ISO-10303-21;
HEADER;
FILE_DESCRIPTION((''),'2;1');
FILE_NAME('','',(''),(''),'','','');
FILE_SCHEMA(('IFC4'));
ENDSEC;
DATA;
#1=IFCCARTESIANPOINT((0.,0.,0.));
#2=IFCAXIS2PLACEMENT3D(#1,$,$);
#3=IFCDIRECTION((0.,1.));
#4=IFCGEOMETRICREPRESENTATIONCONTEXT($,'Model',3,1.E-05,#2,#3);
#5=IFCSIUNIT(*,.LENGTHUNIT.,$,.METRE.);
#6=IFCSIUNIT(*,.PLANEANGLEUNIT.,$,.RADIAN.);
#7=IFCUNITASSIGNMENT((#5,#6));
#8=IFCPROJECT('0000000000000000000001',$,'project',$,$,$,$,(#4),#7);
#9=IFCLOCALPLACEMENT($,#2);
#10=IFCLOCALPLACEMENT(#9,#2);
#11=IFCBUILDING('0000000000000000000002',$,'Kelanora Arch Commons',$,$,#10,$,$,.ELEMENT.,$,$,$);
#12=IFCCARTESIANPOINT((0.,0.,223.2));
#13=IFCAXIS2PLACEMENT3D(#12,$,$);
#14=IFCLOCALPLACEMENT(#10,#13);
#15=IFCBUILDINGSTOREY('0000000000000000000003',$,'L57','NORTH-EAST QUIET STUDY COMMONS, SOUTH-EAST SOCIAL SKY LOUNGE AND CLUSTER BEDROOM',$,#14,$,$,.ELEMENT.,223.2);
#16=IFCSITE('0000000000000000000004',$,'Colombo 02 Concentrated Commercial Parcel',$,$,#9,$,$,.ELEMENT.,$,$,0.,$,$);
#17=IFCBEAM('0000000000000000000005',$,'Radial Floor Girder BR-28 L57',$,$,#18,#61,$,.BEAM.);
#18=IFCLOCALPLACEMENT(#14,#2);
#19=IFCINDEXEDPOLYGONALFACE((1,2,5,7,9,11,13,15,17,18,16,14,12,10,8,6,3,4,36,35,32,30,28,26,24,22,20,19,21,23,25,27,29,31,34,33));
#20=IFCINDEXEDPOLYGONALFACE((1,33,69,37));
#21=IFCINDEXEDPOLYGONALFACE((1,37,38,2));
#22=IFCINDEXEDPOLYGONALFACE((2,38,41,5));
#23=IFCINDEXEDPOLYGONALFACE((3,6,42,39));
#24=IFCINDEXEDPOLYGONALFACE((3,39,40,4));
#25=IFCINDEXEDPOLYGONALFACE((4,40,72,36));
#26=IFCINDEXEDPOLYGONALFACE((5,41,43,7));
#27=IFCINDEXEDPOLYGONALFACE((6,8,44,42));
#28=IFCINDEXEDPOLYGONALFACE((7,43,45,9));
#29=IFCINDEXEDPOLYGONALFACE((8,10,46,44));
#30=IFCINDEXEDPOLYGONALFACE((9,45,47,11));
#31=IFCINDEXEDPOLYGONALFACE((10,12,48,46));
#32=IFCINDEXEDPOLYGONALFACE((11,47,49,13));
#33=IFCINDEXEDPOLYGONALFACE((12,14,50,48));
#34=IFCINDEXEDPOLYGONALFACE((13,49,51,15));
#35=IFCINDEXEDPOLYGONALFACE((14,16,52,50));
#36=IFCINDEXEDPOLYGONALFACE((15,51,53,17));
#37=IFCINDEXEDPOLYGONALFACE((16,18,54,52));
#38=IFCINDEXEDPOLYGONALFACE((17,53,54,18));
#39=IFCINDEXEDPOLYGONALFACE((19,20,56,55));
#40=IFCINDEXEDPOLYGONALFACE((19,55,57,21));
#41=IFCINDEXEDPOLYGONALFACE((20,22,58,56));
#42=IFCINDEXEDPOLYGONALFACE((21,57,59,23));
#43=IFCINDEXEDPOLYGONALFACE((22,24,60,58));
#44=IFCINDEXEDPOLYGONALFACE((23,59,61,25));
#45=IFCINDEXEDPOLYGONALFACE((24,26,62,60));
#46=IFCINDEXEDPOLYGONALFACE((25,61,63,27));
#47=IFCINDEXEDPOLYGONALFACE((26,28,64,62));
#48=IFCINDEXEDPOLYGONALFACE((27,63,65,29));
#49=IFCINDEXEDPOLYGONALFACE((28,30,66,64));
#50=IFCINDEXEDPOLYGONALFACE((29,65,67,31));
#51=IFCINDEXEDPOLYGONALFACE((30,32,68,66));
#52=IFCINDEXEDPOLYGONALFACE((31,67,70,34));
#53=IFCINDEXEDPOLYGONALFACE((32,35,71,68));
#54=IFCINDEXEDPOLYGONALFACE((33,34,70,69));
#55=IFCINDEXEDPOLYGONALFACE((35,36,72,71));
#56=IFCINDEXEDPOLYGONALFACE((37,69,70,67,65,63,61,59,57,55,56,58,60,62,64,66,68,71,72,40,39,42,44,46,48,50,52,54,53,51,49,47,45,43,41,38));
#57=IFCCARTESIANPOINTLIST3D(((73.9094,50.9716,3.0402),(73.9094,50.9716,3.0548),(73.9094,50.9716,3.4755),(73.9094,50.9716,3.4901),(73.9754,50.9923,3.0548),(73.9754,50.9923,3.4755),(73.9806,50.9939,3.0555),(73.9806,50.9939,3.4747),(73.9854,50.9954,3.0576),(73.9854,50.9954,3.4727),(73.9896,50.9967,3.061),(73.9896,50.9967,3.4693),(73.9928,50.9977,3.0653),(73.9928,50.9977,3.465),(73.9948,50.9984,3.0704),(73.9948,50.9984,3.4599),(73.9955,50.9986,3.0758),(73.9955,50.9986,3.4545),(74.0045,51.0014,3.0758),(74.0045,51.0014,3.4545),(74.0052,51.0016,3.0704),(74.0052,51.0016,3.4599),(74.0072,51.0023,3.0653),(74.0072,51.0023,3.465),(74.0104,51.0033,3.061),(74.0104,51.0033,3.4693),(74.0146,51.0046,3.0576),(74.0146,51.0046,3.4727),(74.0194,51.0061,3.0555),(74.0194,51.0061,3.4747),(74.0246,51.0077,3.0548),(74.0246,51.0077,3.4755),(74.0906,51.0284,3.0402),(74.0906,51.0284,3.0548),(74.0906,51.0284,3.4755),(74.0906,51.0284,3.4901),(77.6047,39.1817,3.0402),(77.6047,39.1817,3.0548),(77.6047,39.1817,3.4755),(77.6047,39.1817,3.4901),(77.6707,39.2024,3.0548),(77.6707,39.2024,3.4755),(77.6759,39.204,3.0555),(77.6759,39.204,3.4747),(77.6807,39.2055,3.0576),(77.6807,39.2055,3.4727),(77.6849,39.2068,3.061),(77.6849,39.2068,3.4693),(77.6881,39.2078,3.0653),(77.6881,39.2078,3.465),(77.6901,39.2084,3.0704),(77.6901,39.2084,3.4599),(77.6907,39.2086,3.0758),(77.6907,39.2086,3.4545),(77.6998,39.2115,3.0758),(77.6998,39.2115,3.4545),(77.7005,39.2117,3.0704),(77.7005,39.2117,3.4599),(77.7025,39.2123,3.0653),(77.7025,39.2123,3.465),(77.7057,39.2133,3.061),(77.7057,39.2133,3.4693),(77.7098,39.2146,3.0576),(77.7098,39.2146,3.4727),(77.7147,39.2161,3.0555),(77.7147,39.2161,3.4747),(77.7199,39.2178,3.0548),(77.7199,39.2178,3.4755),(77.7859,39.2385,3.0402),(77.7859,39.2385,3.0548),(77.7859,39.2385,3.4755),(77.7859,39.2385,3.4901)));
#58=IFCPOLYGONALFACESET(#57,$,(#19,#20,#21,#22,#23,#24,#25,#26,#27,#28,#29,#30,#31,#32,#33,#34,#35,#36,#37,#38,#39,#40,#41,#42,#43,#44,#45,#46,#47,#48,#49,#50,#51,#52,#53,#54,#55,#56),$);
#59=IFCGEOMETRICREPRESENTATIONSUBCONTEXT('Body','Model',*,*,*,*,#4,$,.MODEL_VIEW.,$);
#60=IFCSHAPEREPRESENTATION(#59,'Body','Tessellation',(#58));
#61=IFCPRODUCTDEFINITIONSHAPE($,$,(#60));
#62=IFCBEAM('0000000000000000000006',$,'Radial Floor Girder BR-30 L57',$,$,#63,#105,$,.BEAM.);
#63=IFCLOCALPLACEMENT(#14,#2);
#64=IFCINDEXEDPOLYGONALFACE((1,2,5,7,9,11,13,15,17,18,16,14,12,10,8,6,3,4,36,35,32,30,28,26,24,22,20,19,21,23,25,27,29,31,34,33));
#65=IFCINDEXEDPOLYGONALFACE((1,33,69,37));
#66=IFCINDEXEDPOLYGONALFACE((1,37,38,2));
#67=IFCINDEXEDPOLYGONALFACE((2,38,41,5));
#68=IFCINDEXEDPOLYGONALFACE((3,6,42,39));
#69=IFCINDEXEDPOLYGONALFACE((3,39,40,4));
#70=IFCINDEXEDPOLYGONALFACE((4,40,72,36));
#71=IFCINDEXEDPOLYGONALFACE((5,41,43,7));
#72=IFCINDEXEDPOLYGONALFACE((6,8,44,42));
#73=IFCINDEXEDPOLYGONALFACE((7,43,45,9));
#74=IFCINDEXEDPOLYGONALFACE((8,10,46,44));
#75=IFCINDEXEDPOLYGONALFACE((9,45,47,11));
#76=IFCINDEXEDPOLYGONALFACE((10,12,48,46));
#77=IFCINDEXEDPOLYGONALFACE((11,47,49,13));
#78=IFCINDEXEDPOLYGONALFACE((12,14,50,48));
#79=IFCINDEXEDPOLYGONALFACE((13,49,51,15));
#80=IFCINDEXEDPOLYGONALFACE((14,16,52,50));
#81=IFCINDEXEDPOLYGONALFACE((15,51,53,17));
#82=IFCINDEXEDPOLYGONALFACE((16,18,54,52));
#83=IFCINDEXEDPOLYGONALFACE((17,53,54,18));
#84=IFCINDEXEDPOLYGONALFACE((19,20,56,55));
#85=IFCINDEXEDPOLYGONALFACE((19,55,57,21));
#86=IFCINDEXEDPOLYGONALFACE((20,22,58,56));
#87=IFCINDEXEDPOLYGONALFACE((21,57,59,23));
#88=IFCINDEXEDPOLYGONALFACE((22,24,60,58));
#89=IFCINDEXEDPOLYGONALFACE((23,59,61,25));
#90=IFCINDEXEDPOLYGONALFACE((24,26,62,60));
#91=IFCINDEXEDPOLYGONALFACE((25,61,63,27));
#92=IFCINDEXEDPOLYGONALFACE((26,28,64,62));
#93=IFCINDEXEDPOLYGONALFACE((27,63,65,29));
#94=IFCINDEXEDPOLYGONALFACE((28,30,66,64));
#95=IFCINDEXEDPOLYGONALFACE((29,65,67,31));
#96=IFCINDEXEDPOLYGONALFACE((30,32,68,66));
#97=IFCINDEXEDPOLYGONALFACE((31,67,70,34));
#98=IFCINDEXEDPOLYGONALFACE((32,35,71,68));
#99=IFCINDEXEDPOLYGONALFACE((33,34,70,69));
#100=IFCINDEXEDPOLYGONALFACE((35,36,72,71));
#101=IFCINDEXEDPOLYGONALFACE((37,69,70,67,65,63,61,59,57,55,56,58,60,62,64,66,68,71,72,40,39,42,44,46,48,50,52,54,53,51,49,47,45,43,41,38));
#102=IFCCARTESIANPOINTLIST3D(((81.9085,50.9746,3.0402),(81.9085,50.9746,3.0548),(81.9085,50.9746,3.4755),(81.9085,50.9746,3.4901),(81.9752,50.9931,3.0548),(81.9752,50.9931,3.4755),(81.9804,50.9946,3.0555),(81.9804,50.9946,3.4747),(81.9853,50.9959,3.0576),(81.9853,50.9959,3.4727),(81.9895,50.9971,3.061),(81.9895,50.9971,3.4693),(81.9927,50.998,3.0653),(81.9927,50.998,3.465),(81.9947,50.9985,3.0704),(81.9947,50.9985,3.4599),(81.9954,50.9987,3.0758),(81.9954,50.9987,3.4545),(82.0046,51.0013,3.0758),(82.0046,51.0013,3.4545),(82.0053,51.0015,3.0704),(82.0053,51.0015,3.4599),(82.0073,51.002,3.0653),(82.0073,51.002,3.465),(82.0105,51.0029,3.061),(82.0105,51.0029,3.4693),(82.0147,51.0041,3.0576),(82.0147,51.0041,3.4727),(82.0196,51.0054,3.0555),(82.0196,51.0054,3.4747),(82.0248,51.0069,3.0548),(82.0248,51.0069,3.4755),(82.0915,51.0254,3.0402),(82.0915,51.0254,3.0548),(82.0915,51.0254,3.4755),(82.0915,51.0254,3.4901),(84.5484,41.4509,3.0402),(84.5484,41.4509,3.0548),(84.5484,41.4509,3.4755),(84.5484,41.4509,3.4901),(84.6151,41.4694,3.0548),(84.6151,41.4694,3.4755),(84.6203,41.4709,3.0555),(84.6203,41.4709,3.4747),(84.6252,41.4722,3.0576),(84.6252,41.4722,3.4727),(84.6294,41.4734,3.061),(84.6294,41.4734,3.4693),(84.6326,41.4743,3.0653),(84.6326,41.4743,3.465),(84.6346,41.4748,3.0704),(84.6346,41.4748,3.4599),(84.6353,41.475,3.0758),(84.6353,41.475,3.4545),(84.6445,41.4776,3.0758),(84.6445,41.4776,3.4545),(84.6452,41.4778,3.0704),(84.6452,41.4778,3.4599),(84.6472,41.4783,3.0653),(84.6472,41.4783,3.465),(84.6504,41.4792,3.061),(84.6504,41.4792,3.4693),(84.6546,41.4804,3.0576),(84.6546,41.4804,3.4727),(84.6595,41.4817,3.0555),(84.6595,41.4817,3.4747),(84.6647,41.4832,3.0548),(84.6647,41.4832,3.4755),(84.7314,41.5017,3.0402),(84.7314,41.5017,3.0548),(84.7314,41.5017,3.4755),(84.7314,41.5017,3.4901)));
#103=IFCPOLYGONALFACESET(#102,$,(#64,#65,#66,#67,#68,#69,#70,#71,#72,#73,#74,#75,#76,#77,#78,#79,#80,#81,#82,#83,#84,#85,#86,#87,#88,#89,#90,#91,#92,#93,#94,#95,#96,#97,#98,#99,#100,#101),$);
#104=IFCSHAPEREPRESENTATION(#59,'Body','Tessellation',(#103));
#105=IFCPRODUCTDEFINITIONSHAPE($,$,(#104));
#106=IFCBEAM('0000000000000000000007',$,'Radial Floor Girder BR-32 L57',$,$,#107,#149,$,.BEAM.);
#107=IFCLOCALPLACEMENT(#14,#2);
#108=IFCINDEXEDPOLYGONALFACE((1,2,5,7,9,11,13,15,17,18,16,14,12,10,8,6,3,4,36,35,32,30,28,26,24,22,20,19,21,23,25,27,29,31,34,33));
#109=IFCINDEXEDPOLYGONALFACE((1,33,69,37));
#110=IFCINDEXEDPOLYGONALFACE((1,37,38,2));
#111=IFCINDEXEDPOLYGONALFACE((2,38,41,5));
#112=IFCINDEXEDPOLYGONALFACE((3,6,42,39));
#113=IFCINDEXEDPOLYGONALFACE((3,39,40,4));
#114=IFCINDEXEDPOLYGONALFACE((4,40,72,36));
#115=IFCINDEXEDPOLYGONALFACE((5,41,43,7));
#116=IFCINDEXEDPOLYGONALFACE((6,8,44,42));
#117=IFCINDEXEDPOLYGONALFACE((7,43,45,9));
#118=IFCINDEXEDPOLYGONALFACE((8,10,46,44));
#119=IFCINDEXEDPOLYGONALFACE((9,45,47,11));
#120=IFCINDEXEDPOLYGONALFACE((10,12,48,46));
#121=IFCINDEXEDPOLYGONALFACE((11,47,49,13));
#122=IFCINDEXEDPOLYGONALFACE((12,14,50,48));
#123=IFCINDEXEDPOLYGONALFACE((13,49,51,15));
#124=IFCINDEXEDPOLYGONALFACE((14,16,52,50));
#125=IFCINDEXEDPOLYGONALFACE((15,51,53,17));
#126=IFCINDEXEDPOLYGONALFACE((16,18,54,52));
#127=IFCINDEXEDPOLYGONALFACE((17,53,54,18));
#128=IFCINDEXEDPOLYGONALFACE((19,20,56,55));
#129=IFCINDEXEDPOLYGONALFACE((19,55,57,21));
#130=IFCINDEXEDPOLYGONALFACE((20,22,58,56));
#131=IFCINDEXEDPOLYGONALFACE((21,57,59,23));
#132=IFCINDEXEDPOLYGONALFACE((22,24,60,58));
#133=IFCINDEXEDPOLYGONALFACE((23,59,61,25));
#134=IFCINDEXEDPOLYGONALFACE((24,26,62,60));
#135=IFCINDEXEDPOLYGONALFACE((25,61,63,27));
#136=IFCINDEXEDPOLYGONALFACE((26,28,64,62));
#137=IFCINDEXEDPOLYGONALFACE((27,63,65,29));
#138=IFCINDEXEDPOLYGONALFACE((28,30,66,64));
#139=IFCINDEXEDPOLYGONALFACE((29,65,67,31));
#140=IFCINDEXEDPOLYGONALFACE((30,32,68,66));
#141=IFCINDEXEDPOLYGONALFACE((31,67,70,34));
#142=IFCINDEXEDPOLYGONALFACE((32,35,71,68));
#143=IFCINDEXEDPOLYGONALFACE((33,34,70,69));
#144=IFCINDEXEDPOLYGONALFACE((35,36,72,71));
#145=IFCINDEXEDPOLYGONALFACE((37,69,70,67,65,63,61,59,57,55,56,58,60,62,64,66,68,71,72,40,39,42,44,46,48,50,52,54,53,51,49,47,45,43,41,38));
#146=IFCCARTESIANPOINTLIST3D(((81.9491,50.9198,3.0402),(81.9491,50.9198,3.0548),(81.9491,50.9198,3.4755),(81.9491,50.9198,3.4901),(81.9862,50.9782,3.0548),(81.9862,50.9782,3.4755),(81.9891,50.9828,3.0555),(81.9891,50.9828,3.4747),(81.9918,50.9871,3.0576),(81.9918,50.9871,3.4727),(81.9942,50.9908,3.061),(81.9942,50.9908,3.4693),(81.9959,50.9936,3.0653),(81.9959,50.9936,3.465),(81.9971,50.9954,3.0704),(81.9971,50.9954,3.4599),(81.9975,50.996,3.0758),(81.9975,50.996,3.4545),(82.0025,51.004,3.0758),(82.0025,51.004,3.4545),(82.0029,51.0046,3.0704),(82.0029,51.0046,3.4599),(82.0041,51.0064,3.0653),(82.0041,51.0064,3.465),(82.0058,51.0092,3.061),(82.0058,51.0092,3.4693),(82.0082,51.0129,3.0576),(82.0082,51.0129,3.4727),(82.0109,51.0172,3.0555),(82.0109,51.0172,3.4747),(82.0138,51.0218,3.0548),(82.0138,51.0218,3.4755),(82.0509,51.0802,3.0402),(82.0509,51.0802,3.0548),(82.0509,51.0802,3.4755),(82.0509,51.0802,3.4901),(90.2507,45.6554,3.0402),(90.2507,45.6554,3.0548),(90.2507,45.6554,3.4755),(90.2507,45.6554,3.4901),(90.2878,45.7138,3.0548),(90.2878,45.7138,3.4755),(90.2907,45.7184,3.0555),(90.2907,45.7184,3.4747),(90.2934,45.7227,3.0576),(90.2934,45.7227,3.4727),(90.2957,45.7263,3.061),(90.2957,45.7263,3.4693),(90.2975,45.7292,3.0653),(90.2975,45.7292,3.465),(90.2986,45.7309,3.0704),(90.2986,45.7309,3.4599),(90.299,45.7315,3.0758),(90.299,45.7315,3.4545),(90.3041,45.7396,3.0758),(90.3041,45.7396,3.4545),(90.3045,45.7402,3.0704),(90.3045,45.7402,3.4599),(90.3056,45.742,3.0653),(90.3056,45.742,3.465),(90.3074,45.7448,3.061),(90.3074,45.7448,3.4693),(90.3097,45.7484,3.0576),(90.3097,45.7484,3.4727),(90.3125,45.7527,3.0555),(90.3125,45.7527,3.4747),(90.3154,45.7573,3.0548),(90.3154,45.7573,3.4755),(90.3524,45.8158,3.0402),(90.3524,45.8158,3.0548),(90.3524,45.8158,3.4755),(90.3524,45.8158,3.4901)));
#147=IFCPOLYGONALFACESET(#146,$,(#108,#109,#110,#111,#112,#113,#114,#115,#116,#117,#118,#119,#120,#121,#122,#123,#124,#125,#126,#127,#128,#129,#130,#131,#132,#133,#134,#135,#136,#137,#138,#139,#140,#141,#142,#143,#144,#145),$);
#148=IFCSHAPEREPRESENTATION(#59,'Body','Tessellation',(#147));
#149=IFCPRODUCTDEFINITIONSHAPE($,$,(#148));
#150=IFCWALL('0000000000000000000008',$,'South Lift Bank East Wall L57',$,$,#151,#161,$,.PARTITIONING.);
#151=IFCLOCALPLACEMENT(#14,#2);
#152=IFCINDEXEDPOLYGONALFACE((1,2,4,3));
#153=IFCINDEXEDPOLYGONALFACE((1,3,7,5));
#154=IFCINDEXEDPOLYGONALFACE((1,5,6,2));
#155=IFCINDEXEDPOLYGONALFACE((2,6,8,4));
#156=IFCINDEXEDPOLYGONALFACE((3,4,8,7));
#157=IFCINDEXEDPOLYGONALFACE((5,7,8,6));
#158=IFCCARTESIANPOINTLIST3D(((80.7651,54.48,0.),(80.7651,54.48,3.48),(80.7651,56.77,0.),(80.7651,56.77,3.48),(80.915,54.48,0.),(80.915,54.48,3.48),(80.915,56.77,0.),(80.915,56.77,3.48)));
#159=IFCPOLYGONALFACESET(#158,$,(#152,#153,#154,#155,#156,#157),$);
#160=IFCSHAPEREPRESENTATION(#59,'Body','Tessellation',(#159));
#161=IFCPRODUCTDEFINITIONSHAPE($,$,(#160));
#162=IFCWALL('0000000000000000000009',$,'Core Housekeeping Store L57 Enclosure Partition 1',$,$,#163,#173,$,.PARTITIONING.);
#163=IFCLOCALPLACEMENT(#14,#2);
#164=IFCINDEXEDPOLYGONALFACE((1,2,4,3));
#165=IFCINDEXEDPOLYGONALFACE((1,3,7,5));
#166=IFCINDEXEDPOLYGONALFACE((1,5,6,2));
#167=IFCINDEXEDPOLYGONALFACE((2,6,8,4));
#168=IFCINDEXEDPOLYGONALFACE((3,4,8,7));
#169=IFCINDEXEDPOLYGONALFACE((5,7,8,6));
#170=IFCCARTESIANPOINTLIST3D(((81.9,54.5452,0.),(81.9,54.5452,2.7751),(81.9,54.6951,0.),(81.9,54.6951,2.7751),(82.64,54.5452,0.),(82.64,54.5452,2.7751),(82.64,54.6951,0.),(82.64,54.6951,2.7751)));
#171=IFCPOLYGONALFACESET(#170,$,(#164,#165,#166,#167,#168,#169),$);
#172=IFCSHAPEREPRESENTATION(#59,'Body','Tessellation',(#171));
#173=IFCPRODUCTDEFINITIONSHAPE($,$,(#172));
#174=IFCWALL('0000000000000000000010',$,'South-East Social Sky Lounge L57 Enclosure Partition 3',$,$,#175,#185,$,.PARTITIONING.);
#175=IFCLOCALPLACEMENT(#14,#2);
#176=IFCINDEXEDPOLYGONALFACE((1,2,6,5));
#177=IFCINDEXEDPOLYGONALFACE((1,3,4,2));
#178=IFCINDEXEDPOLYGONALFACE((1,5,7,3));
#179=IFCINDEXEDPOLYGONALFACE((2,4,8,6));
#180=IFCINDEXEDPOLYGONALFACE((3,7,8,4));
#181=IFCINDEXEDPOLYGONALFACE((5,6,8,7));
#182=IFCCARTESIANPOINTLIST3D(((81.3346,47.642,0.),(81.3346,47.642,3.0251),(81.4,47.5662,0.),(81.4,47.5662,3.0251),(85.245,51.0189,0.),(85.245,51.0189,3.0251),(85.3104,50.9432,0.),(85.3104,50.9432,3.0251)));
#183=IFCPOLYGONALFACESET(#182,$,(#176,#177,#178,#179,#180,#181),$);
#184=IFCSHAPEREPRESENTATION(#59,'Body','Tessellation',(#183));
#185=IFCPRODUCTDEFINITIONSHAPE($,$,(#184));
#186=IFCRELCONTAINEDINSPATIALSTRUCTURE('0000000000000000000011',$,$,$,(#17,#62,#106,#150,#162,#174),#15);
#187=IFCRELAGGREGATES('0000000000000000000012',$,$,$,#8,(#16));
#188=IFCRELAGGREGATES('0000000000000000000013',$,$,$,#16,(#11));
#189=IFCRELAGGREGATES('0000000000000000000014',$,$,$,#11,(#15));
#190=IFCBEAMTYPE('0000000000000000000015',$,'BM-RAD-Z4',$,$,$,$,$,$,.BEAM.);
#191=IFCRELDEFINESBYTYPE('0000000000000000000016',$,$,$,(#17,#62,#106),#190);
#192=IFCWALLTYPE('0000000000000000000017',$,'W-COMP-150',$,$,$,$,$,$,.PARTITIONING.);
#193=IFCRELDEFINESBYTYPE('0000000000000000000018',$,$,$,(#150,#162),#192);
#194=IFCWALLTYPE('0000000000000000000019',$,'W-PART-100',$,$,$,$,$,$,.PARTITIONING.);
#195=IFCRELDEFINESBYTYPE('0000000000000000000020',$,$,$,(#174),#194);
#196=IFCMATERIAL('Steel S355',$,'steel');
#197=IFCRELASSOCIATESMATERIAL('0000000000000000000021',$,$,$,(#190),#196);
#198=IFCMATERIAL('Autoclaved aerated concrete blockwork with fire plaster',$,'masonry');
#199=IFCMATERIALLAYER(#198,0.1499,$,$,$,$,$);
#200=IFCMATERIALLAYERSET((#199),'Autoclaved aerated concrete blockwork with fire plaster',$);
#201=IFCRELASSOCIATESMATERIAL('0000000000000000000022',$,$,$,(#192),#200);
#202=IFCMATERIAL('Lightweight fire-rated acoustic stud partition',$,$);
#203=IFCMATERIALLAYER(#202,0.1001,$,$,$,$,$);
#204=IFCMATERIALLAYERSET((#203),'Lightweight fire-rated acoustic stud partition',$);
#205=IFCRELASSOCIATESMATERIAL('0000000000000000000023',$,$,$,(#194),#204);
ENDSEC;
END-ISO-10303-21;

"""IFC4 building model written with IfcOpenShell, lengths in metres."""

from ifc_helpers import new_model, si_unit, direction, frame, frame_2d, origin, origin_2d, place, context, subcontext, project, spatial, rectangle, i_section, extrude, material, layer, layer_set, material_profile, profile_set, type_object, element, save


model = new_model("IFC4")

# Units and contexts
model_context = context("Model", 3, precision=1e-05, world=origin(), true_north=direction((0.0, 1.0)))
body_context = subcontext(model_context, "Body", "Model", "MODEL_VIEW")
ifc_project = project(units=[si_unit("LENGTHUNIT", "METRE"), si_unit("PLANEANGLEUNIT", "RADIAN")], contexts=[model_context])

# Site, building, storey
site_placement = place(None, origin())
site = spatial("IfcSite", under=ifc_project, at=site_placement, Name="Colombo 02 Concentrated Commercial Parcel", CompositionType="ELEMENT", RefElevation=0.0)
building_placement = place(site_placement, origin())
building = spatial("IfcBuilding", under=site, at=building_placement, Name="Kelanora Arch Commons", CompositionType="ELEMENT")
storey_placement = place(building_placement, frame((0.0, 0.0, 223.2)))
storey = spatial("IfcBuildingStorey", under=building, at=storey_placement, Name="L57", Description="NORTH-EAST QUIET STUDY COMMONS, SOUTH-EAST SOCIAL SKY LOUNGE AND CLUSTER BEDROOM", CompositionType="ELEMENT", Elevation=223.2)

# Beams
ifc_material_1 = material(Name="Steel S355", Category="steel")
ifc_material_profile_1 = material_profile(ifc_material_1, i_section(OverallWidth=0.1899, OverallDepth=0.45, WebThickness=0.0095, FlangeThickness=0.0146, FilletRadius=0.021, at=origin_2d()), Name="IPE450")
ifc_profile_set_1 = profile_set([ifc_material_profile_1], Name="Steel S355")
beam_type_1 = type_object("IfcBeamType", Name="BM-RAD-Z4", PredefinedType="BEAM", material=ifc_profile_set_1)
for number, where, z_axis, x_axis, name in (
    (1, (74.0, 51.0, 3.2651), (0.29908, -0.954228, 0.0), (0.954228, 0.29908, 0.0), "Radial Floor Girder BR-28 L57"),
):
    element("IfcBeam", number, at=place(storey_placement, frame(where, z_axis=z_axis, x_axis=x_axis)), inside=storey, type_object=beam_type_1, Name=name, PredefinedType="BEAM", context=body_context, shape_type="SweptSolid", body=[
        extrude(i_section(OverallWidth=0.1899, OverallDepth=0.45, WebThickness=0.0095, FlangeThickness=0.0146, FilletRadius=0.021, at=origin_2d()), origin(), (0.0, 0.0, 1.0), 12.3555),
    ])
beam_1_placement = place(storey_placement, frame((82.0, 51.0, 3.2651), z_axis=(0.26712, -0.963663, 0.0), x_axis=(0.963663, 0.26712, 0.0)))
element("IfcBeam", 2, at=beam_1_placement, inside=storey, type_object=beam_type_1, Name="Radial Floor Girder BR-30 L57", PredefinedType="BEAM", context=body_context, shape_type="SweptSolid", body=[
    extrude(i_section(OverallWidth=0.1899, OverallDepth=0.45, WebThickness=0.0095, FlangeThickness=0.0146, FilletRadius=0.021, at=origin_2d()), origin(), (0.0, 0.0, 1.0), 9.8828),
])
beam_2_placement = place(storey_placement, frame((82.0, 51.0, 3.2651), z_axis=(0.844507, -0.535544, 0.0), x_axis=(0.535544, 0.844507, 0.0)))
element("IfcBeam", 3, at=beam_2_placement, inside=storey, type_object=beam_type_1, Name="Radial Floor Girder BR-32 L57", PredefinedType="BEAM", context=body_context, shape_type="SweptSolid", body=[
    extrude(i_section(OverallWidth=0.1899, OverallDepth=0.45, WebThickness=0.0095, FlangeThickness=0.0146, FilletRadius=0.021, at=origin_2d()), origin(), (0.0, 0.0, 1.0), 9.8301),
])

# Walls
ifc_material_2 = material(Name="Autoclaved aerated concrete blockwork with fire plaster", Category="masonry")
ifc_layer_1 = layer(ifc_material_2, 0.1499)
ifc_layer_set_1 = layer_set([ifc_layer_1], Name="Autoclaved aerated concrete blockwork with fire plaster")
wall_type_1 = type_object("IfcWallType", Name="W-COMP-150", PredefinedType="PARTITIONING", material=ifc_layer_set_1)
wall_1_placement = place(storey_placement, frame((80.8401, 54.48, 0.0), z_axis=(0.0, 0.0, 1.0), x_axis=(0.0, 1.0, 0.0)))
element("IfcWall", 4, at=wall_1_placement, inside=storey, type_object=wall_type_1, Name="South Lift Bank East Wall L57", PredefinedType="PARTITIONING", context=body_context, shape_type="SweptSolid", body=[
    extrude(rectangle(XDim=2.29, YDim=0.1499, at=frame_2d((1.145, 0.0))), origin(), (0.0, 0.0, 1.0), 3.48),
])
wall_2_placement = place(storey_placement, frame((81.8999, 54.6201, 0.0), z_axis=(0.0, 0.0, 1.0), x_axis=(1.0, 0.0, 0.0)))
element("IfcWall", 5, at=wall_2_placement, inside=storey, type_object=wall_type_1, Name="Core Housekeeping Store L57 Enclosure Partition 1", PredefinedType="PARTITIONING", context=body_context, shape_type="SweptSolid", body=[
    extrude(rectangle(XDim=0.74, YDim=0.1499, at=frame_2d((0.3701, 0.0))), origin(), (0.0, 0.0, 1.0), 2.7751),
])
ifc_material_3 = material(Name="Lightweight fire-rated acoustic stud partition")
ifc_layer_2 = layer(ifc_material_3, 0.1001)
ifc_layer_set_2 = layer_set([ifc_layer_2], Name="Lightweight fire-rated acoustic stud partition")
wall_type_2 = type_object("IfcWallType", Name="W-PART-100", PredefinedType="PARTITIONING", material=ifc_layer_set_2)
wall_3_placement = place(storey_placement, frame((81.3672, 47.604, 0.0), z_axis=(0.0, 0.0, 1.0), x_axis=(0.756843, 0.653596, 0.0)))
element("IfcWall", 6, at=wall_3_placement, inside=storey, type_object=wall_type_2, Name="South-East Social Sky Lounge L57 Enclosure Partition 3", PredefinedType="PARTITIONING", context=body_context, shape_type="SweptSolid", body=[
    extrude(rectangle(XDim=5.1667, YDim=0.1001, at=frame_2d((2.5835, 0.0))), origin(), (0.0, 0.0, 1.0), 3.0251),
])

save(model, "model.ifc")
